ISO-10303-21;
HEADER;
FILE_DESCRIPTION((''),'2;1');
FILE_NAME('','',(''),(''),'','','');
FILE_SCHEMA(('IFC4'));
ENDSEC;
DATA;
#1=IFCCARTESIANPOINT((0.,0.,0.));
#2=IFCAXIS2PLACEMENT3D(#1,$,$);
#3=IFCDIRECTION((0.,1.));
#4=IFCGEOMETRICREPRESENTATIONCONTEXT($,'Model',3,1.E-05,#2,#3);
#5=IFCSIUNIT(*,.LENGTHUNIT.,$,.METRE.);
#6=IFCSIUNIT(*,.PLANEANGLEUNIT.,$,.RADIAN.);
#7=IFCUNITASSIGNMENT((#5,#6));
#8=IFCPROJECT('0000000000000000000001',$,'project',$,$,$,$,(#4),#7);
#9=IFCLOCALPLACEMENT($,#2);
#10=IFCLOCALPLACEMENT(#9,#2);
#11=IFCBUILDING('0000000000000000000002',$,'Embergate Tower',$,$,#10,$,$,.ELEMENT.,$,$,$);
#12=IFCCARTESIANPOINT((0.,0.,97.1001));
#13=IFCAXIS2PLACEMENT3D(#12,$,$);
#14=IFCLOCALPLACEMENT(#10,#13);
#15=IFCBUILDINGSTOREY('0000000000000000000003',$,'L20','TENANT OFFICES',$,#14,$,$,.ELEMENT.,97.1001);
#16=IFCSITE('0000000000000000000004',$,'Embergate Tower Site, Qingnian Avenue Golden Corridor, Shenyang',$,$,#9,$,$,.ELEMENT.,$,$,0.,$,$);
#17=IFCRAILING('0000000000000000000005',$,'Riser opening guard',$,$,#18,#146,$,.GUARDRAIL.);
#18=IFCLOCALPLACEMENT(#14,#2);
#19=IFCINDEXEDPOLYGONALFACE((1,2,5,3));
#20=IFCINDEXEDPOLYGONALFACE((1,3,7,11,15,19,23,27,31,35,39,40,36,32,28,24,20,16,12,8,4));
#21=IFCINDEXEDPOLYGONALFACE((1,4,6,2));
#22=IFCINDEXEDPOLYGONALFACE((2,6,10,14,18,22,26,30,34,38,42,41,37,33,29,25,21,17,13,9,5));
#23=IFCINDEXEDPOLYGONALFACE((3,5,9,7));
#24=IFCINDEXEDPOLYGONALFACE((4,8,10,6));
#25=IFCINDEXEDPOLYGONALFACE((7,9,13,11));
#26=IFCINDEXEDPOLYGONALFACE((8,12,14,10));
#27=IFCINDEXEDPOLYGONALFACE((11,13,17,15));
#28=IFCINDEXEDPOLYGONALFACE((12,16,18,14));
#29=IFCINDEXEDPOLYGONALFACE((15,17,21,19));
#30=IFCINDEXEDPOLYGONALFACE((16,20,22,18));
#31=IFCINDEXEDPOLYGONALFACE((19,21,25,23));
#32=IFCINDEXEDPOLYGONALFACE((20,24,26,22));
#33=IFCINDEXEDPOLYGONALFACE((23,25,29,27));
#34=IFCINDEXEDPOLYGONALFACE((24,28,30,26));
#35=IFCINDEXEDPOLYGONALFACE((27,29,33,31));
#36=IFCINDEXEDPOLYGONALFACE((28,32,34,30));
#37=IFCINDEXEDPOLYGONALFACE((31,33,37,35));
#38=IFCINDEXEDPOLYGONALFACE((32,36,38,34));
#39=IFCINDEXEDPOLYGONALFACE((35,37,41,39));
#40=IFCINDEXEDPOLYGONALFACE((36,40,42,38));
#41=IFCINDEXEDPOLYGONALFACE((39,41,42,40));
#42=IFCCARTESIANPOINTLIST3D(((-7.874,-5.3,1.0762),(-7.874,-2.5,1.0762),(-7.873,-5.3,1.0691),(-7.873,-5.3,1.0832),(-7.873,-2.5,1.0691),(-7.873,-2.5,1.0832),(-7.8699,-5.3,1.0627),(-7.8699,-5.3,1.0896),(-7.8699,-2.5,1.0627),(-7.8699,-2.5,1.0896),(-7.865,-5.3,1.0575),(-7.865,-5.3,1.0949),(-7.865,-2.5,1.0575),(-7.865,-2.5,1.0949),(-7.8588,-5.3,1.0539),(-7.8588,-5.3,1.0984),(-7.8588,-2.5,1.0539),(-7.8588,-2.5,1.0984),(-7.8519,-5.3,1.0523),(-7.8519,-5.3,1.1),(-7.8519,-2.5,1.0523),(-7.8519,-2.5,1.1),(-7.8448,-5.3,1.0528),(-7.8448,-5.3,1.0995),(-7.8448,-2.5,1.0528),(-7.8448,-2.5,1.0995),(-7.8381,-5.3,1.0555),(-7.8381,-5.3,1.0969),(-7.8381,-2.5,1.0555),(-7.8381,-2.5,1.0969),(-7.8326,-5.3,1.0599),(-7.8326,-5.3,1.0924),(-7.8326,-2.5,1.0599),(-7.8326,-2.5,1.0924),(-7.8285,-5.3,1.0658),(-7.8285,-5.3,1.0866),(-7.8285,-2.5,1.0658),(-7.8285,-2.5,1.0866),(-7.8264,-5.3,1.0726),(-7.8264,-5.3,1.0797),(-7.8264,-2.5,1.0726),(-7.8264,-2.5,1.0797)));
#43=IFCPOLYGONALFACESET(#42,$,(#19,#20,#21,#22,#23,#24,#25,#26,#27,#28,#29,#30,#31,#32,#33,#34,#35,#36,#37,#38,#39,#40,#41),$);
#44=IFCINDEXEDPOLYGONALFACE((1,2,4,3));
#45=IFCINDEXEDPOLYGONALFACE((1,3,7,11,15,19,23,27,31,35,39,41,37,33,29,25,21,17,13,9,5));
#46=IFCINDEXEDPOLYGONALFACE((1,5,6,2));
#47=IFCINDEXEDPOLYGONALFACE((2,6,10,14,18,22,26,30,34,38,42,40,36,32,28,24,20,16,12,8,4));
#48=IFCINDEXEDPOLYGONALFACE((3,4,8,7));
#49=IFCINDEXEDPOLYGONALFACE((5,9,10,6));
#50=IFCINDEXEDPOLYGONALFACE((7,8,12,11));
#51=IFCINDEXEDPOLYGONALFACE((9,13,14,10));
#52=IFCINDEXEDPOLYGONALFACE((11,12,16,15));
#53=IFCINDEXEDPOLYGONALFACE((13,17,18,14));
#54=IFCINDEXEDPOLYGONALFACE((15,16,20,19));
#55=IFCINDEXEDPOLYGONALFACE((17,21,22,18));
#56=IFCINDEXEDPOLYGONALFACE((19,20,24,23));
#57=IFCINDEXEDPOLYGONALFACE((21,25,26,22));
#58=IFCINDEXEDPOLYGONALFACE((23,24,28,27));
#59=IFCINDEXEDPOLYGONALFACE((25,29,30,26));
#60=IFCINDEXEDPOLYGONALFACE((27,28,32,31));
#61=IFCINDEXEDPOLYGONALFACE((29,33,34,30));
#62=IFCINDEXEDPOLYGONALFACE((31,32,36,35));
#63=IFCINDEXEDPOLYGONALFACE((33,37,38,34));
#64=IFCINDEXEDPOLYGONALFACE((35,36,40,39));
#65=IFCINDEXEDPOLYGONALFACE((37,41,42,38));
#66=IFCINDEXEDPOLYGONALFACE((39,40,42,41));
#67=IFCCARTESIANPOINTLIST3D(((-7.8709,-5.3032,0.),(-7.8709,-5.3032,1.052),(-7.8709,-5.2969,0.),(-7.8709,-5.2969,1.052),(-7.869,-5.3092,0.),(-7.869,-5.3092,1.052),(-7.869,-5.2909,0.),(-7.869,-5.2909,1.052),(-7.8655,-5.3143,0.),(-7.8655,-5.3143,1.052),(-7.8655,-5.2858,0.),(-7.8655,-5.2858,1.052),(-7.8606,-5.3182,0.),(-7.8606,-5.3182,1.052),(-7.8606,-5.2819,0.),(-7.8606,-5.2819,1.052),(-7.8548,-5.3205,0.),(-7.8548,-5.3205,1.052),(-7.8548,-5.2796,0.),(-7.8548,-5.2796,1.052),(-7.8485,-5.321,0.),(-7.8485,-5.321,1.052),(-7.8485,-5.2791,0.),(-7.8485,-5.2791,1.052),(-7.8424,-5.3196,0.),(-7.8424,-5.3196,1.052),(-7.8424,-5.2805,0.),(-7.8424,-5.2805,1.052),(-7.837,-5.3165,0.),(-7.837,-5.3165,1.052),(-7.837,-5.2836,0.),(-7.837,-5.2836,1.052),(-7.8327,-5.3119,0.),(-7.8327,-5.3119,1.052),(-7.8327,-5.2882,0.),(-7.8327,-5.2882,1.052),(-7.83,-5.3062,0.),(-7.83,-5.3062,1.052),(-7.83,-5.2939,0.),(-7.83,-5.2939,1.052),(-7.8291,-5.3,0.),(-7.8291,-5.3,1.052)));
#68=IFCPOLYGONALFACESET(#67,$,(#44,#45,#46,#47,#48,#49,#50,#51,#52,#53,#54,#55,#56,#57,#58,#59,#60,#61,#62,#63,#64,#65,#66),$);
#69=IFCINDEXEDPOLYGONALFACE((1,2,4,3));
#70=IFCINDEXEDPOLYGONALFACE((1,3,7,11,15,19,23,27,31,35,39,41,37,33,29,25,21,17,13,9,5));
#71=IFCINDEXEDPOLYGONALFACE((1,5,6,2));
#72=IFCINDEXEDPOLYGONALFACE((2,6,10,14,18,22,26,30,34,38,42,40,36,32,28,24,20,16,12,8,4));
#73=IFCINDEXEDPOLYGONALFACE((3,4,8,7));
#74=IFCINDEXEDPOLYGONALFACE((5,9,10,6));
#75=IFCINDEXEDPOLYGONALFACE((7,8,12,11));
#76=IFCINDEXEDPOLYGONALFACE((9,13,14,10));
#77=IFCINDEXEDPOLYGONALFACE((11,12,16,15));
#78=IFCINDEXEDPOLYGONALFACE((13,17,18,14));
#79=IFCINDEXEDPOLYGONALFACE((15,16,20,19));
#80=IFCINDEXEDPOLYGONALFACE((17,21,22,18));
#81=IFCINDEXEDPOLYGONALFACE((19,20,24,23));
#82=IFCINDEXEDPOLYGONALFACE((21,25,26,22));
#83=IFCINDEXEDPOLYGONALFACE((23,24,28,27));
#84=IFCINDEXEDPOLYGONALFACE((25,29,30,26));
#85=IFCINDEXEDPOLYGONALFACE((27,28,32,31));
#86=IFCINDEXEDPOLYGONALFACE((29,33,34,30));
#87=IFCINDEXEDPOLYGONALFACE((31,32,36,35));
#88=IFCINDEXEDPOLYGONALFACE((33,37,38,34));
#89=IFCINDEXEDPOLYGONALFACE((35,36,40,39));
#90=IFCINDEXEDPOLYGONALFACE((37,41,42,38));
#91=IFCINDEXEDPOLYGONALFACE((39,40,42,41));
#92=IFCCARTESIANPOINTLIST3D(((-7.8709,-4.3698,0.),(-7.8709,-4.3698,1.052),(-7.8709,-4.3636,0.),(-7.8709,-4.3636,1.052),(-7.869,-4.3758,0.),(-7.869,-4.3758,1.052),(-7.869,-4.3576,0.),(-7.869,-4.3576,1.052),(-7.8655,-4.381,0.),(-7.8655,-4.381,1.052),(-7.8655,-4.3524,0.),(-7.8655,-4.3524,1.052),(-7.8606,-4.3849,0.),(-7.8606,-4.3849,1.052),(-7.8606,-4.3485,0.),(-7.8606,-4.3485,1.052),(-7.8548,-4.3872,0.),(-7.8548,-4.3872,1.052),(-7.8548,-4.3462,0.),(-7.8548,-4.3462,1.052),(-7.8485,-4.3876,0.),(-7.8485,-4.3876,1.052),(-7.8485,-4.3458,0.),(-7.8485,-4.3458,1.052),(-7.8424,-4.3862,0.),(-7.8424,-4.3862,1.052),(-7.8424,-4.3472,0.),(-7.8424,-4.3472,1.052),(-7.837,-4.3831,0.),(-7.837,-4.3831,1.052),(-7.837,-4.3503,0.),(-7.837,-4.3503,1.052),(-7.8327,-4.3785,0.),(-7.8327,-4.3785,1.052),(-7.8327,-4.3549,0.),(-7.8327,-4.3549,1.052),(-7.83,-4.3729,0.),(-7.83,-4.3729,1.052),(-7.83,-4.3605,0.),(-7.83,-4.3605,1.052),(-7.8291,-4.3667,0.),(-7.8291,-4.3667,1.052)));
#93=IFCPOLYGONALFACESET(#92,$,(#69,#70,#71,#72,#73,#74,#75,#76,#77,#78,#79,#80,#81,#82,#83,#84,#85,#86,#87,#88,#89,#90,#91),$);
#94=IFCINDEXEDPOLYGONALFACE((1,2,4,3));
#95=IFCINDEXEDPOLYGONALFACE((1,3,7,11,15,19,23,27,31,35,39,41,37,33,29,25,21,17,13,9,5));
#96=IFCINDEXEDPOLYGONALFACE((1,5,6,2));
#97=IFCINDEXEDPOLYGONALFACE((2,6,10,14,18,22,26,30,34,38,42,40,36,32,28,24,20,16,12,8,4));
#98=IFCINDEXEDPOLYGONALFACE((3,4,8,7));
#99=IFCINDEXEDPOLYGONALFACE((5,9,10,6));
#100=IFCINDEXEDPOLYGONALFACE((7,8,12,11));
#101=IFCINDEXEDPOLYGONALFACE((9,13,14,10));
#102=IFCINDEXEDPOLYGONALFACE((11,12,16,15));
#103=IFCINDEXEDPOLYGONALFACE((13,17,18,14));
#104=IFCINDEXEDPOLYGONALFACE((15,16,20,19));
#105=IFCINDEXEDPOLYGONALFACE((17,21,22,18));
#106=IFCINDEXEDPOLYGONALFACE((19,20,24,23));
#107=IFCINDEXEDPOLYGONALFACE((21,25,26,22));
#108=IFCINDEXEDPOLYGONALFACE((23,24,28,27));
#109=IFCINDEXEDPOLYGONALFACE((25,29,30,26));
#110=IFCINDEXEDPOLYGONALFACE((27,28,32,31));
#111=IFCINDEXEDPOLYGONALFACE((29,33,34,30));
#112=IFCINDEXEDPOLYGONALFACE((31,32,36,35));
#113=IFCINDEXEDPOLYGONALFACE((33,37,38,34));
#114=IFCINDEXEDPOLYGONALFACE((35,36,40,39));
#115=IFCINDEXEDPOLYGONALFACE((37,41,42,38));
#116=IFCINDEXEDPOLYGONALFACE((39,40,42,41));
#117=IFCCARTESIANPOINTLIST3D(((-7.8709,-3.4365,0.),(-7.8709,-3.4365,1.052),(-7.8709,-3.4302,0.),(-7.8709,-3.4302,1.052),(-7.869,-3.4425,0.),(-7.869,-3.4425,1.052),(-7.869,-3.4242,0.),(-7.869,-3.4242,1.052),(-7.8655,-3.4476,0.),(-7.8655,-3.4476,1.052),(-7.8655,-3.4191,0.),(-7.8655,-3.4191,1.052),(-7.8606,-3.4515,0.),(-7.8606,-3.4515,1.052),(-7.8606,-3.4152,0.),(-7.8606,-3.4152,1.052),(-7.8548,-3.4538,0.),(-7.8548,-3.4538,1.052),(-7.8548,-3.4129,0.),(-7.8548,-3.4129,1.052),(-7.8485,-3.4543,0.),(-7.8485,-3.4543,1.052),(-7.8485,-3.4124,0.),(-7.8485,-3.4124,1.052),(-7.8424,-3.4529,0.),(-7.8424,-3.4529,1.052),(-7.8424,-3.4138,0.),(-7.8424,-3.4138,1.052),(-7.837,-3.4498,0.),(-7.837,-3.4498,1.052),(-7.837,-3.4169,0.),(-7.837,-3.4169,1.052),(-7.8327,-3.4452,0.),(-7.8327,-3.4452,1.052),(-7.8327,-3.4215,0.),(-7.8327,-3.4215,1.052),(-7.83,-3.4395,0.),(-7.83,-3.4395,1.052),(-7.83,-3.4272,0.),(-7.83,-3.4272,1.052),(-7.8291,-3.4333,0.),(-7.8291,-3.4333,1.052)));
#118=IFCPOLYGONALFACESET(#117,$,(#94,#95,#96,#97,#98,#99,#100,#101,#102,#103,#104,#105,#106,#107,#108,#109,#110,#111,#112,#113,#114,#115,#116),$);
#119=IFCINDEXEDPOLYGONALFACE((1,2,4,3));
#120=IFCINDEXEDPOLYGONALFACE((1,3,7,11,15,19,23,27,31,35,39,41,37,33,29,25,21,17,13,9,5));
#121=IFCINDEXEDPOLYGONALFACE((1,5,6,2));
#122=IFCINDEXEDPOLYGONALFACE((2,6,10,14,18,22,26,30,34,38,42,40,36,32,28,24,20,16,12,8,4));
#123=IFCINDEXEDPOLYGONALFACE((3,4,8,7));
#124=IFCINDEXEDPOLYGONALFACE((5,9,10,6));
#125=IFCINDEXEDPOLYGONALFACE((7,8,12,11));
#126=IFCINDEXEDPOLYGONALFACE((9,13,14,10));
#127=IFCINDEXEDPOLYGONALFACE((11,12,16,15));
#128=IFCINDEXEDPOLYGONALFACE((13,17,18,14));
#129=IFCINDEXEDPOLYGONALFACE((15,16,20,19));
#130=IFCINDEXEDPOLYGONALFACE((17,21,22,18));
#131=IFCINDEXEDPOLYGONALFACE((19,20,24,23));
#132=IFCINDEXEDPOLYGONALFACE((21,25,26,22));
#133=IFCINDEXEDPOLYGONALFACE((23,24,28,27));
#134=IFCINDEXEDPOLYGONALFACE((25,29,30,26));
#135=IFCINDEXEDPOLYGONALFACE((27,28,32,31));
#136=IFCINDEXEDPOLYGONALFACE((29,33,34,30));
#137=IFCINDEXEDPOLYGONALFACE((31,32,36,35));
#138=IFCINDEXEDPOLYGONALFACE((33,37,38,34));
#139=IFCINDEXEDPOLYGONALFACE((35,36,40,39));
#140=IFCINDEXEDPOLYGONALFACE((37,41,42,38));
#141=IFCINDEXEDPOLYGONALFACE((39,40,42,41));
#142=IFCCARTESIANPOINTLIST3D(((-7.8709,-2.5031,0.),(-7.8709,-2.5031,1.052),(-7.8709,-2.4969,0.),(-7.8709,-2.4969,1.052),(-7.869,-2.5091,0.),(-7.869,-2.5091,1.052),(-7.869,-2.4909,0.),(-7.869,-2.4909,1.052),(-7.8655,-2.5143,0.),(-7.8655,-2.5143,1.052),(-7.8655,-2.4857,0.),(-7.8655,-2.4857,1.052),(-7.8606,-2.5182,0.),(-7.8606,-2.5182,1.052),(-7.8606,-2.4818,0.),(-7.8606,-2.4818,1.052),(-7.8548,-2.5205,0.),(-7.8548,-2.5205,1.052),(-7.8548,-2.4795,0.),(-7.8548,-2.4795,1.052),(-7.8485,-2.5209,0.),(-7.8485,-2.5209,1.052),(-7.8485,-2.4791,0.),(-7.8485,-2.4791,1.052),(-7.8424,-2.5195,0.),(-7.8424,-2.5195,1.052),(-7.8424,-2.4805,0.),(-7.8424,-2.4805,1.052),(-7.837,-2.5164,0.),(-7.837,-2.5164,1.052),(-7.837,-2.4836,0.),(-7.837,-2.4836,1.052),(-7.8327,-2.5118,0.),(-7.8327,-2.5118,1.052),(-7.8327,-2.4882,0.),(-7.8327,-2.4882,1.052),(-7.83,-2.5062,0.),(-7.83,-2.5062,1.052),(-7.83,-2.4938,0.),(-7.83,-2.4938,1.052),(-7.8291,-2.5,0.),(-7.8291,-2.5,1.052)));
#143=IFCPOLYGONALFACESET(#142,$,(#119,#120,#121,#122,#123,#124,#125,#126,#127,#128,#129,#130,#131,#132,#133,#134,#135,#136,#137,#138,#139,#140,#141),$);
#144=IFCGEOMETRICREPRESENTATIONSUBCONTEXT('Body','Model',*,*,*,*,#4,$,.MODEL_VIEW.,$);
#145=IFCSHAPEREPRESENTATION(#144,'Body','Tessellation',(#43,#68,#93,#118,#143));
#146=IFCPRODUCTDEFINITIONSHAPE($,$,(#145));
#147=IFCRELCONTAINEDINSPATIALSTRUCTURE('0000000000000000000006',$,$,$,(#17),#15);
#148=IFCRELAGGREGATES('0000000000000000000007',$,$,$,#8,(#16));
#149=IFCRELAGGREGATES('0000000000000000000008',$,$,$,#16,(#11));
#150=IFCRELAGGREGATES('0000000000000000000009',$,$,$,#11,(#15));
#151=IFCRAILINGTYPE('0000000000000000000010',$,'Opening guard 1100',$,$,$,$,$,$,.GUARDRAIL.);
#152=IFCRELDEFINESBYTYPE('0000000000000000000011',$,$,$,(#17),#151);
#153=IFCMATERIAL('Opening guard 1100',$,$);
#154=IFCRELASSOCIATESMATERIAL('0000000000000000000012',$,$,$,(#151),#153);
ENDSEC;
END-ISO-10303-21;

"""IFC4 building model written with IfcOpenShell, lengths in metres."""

from ifc_helpers import new_model, si_unit, direction, frame, origin, origin_2d, place, context, subcontext, project, spatial, circle, extrude, source, transform, mapped, material, type_object, element, save


model = new_model("IFC4")

# Units and contexts
model_context = context("Model", 3, precision=1e-05, world=origin(), true_north=direction((0.0, 1.0)))
body_context = subcontext(model_context, "Body", "Model", "MODEL_VIEW")
ifc_project = project(units=[si_unit("LENGTHUNIT", "METRE"), si_unit("PLANEANGLEUNIT", "RADIAN")], contexts=[model_context])

# Site, building, storey
site_placement = place(None, origin())
site = spatial("IfcSite", under=ifc_project, at=site_placement, Name="Embergate Tower Site, Qingnian Avenue Golden Corridor, Shenyang", CompositionType="ELEMENT", RefElevation=0.0)
building_placement = place(site_placement, origin())
building = spatial("IfcBuilding", under=site, at=building_placement, Name="Embergate Tower", CompositionType="ELEMENT")
storey_placement = place(building_placement, frame((0.0, 0.0, 97.1001)))
storey = spatial("IfcBuildingStorey", under=building, at=storey_placement, Name="L20", Description="TENANT OFFICES", CompositionType="ELEMENT", Elevation=97.1001)

# Railing
ifc_material_1 = material(Name="Opening guard 1100")
railing_type_1 = type_object("IfcRailingType", Name="Opening guard 1100", PredefinedType="GUARDRAIL", material=ifc_material_1)
shared_shape_1 = source(origin(), body_context, "Body", "SweptSolid", [
    extrude(circle(Radius=0.0239, at=origin_2d()), frame((0.0, 0.0, 1.0762), z_axis=(0.0, 1.0, 0.0), x_axis=(-1.0, 0.0, 0.0)), (0.0, 0.0, 1.0), 2.8),
    extrude(circle(Radius=0.021, at=origin_2d()), origin(), (0.0, 0.0, 1.0), 1.052),
    extrude(circle(Radius=0.021, at=origin_2d()), frame((0.0, 0.9333, 0.0)), (0.0, 0.0, 1.0), 1.052),
    extrude(circle(Radius=0.021, at=origin_2d()), frame((0.0, 1.8667, 0.0)), (0.0, 0.0, 1.0), 1.052),
    extrude(circle(Radius=0.021, at=origin_2d()), frame((0.0, 2.8, 0.0)), (0.0, 0.0, 1.0), 1.052),
])
railing_1_placement = place(storey_placement, frame((-7.8501, -5.3, 0.0)))
element("IfcRailing", 1, at=railing_1_placement, inside=storey, type_object=railing_type_1, Name="Riser opening guard", PredefinedType="GUARDRAIL", context=body_context, shape_type="MappedRepresentation", body=[
    mapped(shared_shape_1, transform((0.0, 0.0, 0.0))),
])

save(model, "model.ifc")
